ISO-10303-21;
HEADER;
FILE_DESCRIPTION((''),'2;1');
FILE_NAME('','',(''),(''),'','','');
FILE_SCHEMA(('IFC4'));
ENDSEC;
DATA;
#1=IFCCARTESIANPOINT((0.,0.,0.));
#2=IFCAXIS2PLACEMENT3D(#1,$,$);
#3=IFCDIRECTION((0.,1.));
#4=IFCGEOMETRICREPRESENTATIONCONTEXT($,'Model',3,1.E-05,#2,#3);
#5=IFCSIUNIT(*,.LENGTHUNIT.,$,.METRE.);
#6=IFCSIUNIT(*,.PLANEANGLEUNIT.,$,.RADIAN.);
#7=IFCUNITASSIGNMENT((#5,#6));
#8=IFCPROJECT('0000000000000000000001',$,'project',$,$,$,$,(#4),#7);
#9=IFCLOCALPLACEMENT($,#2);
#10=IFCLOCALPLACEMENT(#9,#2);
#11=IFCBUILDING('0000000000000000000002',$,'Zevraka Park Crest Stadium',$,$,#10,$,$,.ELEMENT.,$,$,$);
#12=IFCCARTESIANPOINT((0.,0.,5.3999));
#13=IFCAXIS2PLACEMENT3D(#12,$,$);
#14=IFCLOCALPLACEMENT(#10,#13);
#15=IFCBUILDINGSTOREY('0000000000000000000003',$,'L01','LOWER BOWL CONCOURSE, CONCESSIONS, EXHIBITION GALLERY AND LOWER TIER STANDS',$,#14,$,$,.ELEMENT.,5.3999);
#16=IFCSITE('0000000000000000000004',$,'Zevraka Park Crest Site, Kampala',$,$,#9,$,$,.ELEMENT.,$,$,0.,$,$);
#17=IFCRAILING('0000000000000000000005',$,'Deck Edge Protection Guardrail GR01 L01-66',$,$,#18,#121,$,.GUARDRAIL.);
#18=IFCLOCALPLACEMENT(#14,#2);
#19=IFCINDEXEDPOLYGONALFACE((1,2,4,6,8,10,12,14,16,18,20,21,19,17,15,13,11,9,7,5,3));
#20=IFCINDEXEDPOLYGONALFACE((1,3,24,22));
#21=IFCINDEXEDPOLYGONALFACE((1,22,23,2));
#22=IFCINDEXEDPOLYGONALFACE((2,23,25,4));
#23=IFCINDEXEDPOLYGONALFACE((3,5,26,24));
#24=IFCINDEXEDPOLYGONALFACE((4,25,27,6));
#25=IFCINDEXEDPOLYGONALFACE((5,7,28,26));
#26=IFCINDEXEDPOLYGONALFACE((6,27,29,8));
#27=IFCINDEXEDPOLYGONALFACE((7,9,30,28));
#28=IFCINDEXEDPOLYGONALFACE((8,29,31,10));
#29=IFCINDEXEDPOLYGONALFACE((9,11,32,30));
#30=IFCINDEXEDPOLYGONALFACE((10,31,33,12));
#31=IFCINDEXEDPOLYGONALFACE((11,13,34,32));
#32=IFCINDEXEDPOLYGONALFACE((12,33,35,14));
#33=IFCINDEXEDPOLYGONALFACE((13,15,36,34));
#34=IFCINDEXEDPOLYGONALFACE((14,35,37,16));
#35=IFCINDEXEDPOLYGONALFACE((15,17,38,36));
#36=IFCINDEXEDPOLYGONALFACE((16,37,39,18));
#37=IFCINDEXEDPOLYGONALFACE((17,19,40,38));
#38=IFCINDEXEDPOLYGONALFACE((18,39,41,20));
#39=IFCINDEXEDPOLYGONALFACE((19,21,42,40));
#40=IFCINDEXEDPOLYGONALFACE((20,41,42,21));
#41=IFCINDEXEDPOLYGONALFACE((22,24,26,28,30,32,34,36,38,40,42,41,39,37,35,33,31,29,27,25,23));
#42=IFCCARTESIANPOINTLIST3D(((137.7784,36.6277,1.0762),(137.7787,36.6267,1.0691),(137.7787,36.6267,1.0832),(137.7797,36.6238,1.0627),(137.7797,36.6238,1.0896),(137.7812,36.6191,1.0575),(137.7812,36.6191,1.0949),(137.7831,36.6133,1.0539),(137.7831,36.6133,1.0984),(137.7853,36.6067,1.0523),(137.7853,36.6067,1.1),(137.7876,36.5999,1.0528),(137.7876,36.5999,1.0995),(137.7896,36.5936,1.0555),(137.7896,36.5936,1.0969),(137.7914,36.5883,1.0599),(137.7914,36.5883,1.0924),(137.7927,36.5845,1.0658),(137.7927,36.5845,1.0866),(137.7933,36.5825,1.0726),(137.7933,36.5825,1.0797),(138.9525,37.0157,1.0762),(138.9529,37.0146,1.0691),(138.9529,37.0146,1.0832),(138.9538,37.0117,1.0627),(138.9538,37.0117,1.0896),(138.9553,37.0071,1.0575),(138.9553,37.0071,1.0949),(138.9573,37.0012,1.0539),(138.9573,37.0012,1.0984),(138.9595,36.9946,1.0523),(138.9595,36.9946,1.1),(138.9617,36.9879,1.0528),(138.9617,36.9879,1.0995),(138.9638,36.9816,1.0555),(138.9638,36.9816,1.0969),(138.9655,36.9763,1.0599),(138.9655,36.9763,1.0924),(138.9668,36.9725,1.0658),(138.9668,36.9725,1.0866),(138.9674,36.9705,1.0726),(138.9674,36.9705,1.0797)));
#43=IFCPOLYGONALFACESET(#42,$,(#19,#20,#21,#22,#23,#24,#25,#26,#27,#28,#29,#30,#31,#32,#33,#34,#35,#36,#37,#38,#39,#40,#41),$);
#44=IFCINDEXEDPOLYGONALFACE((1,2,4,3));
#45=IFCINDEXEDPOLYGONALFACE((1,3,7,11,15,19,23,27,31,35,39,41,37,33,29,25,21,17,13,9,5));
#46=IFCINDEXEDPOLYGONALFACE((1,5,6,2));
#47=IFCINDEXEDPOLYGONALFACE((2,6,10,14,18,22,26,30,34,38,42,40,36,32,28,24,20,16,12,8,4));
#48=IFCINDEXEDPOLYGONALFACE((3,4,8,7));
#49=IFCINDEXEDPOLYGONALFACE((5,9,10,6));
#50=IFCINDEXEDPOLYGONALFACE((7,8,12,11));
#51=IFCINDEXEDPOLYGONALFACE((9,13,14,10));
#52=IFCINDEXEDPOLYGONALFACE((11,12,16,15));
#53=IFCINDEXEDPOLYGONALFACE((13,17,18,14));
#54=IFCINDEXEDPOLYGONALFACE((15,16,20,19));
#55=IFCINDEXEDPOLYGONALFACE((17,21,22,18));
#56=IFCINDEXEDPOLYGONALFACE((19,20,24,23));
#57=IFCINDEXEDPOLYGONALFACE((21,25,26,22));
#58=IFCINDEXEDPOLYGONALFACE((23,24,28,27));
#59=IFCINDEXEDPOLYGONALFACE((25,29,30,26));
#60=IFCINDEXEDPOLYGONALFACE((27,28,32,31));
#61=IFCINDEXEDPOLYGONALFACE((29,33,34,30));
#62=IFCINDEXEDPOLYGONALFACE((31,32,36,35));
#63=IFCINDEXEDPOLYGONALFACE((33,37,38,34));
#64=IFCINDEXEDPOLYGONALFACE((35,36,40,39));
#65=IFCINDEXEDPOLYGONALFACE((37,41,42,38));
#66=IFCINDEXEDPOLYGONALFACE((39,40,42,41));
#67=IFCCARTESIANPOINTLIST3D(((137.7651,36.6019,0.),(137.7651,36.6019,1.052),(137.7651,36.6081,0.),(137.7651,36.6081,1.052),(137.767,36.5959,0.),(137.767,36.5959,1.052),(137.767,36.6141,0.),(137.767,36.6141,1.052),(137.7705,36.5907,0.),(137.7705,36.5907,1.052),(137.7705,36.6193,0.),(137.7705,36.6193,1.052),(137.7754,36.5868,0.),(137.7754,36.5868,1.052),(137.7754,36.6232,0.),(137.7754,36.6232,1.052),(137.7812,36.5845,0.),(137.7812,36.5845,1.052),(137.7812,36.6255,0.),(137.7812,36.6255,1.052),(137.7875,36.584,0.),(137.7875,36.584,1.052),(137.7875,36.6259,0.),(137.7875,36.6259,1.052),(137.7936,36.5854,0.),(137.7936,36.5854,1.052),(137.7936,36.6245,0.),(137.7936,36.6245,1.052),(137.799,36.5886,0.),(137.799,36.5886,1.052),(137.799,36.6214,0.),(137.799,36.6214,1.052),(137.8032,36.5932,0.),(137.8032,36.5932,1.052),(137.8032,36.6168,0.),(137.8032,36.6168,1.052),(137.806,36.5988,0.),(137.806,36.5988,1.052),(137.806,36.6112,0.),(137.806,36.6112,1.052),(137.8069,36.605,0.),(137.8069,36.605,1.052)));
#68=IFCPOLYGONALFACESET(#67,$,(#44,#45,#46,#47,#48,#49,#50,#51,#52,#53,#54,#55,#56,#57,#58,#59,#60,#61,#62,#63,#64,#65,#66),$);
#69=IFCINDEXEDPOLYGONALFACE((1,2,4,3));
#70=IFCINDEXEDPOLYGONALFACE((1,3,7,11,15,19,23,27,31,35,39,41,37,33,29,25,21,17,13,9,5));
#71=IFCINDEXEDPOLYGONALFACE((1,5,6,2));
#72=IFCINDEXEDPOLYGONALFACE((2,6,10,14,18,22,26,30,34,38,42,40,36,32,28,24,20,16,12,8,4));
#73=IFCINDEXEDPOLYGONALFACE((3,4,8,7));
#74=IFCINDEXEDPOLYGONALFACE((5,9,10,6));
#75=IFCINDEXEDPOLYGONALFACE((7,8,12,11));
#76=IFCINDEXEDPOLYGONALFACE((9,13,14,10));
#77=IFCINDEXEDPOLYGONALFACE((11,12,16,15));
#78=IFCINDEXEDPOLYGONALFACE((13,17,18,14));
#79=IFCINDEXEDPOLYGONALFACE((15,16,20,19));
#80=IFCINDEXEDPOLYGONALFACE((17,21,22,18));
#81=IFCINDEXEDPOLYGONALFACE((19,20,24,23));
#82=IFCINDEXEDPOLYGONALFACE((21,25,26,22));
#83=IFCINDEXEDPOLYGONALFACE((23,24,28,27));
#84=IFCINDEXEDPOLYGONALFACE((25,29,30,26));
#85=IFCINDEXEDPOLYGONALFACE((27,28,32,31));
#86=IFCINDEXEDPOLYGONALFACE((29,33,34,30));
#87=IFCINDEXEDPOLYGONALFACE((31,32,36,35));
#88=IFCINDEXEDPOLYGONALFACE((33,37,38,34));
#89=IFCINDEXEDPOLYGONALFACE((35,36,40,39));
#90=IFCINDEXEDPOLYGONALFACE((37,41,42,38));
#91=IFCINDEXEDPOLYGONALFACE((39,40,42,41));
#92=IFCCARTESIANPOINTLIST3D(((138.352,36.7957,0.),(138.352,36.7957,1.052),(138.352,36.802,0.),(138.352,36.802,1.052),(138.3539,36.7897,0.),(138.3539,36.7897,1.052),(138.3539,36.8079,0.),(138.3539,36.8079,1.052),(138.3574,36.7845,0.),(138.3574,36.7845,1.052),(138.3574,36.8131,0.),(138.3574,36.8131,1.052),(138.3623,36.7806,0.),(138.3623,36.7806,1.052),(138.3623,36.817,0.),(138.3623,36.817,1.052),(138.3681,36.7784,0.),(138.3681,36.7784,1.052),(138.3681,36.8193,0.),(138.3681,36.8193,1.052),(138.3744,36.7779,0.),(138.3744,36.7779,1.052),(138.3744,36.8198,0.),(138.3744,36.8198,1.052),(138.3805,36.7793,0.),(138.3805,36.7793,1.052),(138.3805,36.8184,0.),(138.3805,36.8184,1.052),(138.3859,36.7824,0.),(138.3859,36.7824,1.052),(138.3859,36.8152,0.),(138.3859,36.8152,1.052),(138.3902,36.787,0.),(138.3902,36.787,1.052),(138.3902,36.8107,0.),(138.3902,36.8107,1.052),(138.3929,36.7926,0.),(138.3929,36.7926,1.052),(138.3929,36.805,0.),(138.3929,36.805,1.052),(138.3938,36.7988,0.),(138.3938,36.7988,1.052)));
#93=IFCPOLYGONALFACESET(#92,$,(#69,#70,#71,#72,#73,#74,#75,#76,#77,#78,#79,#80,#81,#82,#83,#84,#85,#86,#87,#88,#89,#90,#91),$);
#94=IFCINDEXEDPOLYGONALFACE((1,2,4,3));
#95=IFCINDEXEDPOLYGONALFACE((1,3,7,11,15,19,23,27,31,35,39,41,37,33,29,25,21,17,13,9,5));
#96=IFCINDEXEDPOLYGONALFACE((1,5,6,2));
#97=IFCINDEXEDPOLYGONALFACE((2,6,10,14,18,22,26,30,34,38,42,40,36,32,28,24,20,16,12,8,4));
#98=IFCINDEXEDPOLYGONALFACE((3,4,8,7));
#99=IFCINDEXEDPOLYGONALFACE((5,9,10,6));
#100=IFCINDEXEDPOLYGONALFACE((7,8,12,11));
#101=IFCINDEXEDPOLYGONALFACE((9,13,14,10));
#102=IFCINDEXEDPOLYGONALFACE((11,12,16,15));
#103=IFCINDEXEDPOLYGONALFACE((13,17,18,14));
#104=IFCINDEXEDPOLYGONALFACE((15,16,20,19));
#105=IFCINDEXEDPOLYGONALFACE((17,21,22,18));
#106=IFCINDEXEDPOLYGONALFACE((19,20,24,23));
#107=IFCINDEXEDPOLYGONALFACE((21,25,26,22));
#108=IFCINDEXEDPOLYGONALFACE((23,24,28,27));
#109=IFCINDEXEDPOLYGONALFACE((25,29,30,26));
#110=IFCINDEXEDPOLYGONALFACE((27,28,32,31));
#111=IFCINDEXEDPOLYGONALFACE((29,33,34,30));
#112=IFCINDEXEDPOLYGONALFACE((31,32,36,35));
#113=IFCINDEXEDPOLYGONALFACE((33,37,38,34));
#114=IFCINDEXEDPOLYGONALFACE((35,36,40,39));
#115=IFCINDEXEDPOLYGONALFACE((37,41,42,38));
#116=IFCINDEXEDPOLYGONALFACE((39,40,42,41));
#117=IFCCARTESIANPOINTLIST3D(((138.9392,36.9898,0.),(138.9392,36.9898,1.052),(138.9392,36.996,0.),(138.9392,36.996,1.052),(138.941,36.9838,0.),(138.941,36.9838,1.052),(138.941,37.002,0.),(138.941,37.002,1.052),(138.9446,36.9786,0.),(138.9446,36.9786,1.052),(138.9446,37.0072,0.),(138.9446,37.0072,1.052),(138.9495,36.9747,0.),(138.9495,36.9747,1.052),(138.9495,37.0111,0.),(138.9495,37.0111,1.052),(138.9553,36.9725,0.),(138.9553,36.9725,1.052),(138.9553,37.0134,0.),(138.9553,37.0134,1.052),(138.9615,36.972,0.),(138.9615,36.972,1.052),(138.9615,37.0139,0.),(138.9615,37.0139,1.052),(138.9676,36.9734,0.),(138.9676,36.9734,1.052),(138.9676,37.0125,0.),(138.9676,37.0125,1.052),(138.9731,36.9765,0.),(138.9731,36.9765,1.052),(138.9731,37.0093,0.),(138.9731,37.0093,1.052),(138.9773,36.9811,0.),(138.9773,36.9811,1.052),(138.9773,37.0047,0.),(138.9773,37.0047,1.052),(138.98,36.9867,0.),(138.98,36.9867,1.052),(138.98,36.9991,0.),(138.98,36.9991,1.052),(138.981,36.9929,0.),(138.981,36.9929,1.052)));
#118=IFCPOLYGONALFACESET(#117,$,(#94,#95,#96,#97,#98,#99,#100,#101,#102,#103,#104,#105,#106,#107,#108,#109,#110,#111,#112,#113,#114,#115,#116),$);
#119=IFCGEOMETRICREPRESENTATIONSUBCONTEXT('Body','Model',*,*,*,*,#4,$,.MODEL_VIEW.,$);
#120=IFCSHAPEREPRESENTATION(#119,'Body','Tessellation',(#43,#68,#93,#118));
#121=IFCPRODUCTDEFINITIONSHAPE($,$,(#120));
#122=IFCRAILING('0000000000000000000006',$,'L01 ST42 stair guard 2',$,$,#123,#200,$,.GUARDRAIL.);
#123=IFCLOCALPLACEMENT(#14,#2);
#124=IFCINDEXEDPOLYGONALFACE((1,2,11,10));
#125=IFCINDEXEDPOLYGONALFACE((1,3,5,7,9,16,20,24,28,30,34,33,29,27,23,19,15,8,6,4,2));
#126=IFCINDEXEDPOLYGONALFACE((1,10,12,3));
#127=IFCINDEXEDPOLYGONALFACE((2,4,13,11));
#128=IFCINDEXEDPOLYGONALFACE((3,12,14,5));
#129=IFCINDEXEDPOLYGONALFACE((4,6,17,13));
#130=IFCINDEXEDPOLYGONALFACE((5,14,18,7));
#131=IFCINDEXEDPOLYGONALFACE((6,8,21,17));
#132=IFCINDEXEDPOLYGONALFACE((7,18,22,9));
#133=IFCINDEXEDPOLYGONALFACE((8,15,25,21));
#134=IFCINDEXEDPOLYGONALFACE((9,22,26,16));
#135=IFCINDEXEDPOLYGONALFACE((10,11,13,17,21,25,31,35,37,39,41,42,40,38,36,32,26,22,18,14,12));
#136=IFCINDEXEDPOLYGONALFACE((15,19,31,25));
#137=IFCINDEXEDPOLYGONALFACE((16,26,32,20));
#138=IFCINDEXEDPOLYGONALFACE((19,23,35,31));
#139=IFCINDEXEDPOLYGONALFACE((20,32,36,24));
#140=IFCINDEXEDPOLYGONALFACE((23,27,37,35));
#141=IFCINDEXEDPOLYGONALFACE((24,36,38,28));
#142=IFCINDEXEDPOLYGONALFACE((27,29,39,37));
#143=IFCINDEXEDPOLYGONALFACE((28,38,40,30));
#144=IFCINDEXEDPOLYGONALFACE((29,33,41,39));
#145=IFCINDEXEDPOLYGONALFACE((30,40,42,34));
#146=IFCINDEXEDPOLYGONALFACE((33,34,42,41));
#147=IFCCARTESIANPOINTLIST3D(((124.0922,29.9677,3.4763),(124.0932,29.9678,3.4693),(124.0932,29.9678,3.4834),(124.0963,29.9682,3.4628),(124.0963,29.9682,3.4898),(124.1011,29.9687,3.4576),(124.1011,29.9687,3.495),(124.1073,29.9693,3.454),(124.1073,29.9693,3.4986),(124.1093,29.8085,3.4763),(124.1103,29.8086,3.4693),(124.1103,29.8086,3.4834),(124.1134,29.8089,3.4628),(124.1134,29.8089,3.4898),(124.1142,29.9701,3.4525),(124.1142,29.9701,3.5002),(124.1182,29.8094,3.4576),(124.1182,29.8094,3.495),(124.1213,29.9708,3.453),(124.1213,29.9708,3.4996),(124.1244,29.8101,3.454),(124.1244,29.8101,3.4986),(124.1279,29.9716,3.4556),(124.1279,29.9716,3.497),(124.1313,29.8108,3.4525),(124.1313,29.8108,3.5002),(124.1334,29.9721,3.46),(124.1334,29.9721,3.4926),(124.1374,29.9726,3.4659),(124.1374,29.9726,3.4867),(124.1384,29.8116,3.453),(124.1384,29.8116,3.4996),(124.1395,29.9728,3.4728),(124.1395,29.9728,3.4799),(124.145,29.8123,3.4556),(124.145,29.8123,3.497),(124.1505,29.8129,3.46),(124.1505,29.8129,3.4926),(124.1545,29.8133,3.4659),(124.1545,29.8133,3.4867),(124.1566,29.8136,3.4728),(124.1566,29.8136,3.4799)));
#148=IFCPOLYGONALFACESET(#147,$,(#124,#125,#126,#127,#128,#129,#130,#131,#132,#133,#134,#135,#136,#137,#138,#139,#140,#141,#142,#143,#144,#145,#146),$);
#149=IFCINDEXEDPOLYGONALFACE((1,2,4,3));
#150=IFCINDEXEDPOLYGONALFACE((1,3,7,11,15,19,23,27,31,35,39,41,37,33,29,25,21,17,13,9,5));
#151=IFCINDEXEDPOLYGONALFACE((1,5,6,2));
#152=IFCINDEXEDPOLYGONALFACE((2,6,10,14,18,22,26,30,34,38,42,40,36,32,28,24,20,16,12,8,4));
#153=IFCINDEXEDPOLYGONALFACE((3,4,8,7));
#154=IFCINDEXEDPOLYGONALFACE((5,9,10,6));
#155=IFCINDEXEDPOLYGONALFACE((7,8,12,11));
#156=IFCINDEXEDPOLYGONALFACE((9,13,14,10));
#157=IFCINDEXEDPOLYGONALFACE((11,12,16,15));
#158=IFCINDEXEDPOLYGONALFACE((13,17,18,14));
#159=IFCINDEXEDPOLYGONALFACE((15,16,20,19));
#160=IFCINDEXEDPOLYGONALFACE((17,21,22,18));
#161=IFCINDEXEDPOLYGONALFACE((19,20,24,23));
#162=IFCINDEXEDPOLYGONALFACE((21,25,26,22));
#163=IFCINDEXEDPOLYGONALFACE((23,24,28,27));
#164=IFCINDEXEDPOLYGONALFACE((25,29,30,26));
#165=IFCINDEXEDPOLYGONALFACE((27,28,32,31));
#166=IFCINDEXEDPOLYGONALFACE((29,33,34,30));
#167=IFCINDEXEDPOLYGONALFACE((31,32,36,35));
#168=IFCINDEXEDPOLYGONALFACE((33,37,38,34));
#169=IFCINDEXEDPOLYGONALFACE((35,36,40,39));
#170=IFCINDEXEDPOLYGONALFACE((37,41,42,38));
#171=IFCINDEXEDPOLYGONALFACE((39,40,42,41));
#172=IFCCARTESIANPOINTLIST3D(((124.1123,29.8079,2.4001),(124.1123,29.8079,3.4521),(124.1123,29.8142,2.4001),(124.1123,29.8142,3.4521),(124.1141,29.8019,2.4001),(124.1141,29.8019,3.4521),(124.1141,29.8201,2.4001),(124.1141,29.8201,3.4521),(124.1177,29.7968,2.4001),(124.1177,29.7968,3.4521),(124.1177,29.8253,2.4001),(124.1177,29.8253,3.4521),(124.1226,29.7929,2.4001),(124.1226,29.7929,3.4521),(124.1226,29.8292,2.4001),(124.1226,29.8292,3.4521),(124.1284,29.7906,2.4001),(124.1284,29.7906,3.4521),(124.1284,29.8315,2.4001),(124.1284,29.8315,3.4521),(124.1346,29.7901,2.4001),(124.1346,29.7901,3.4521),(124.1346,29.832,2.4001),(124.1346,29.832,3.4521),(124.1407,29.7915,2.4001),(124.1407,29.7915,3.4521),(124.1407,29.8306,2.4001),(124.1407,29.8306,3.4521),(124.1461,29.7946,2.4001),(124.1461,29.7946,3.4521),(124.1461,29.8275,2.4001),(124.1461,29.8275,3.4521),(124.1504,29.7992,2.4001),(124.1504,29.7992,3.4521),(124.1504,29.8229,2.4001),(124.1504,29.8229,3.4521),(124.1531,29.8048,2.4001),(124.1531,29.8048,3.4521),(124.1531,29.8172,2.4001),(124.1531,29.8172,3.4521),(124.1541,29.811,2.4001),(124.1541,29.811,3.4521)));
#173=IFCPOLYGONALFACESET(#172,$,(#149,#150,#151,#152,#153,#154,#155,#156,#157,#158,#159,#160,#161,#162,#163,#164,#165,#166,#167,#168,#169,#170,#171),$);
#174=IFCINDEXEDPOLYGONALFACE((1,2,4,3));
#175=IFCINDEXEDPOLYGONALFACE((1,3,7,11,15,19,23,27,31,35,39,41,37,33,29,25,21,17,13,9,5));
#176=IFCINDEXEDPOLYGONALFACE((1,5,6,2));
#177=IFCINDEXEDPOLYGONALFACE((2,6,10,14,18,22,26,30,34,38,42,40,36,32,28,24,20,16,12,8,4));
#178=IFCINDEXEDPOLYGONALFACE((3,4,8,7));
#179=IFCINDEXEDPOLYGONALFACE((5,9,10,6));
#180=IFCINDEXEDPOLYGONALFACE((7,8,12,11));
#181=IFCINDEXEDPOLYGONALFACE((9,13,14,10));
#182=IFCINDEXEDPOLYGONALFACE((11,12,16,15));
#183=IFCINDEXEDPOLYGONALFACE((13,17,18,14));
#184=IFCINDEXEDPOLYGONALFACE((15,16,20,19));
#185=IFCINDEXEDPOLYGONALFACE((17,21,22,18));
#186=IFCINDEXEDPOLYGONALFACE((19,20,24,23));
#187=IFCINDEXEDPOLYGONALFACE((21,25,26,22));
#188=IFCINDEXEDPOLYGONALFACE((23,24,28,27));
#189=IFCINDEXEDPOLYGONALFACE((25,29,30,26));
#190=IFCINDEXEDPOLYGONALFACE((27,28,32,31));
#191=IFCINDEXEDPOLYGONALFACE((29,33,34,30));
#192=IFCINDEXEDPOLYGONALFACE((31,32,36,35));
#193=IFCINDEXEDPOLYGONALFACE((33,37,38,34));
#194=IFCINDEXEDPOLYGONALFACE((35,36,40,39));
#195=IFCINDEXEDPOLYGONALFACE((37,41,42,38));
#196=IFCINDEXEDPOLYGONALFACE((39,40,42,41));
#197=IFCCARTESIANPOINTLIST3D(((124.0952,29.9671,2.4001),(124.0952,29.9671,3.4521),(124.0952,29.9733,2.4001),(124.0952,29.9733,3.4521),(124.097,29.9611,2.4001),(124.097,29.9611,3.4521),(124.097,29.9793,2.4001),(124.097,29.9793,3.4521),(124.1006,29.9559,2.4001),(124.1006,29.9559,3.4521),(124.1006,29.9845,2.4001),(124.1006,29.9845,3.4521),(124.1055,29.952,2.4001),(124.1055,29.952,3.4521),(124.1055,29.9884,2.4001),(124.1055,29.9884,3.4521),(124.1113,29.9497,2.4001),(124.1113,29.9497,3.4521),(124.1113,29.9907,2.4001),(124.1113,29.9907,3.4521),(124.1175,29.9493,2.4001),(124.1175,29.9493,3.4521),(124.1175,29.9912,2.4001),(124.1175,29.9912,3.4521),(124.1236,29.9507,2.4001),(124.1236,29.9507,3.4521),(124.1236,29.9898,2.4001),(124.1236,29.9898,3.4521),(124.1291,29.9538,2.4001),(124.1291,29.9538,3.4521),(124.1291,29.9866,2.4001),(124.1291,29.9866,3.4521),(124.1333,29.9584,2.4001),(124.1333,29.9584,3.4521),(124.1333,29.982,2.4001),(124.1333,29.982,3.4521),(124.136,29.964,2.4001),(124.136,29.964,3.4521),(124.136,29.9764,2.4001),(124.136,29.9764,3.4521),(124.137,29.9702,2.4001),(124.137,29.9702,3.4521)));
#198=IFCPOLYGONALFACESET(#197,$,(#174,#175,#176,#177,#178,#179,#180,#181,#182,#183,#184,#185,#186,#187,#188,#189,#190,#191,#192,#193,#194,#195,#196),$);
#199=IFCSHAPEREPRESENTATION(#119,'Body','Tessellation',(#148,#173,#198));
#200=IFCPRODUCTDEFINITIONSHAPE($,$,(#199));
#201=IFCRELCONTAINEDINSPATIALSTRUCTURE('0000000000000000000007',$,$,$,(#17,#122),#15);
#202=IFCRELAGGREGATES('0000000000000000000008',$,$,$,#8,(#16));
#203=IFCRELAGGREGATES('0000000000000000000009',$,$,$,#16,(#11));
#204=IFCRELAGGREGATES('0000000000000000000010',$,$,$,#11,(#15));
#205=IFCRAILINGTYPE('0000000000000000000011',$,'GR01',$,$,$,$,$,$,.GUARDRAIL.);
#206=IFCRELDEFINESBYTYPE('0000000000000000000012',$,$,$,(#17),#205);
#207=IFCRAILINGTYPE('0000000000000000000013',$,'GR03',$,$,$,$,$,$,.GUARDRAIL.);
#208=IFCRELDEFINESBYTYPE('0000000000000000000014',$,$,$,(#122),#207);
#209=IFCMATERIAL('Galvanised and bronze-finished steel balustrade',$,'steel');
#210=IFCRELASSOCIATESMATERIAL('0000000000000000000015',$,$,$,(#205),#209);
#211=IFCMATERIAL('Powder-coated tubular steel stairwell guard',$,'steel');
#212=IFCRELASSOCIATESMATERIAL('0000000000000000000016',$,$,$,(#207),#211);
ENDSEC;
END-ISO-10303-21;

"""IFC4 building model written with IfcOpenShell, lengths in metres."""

from ifc_helpers import new_model, si_unit, direction, frame, origin, origin_2d, place, context, subcontext, project, spatial, circle, extrude, material, type_object, element, save


model = new_model("IFC4")

# Units and contexts
model_context = context("Model", 3, precision=1e-05, world=origin(), true_north=direction((0.0, 1.0)))
body_context = subcontext(model_context, "Body", "Model", "MODEL_VIEW")
ifc_project = project(units=[si_unit("LENGTHUNIT", "METRE"), si_unit("PLANEANGLEUNIT", "RADIAN")], contexts=[model_context])

# Site, building, storey
site_placement = place(None, origin())
site = spatial("IfcSite", under=ifc_project, at=site_placement, Name="Zevraka Park Crest Site, Kampala", CompositionType="ELEMENT", RefElevation=0.0)
building_placement = place(site_placement, origin())
building = spatial("IfcBuilding", under=site, at=building_placement, Name="Zevraka Park Crest Stadium", CompositionType="ELEMENT")
storey_placement = place(building_placement, frame((0.0, 0.0, 5.3999)))
storey = spatial("IfcBuildingStorey", under=building, at=storey_placement, Name="L01", Description="LOWER BOWL CONCOURSE, CONCESSIONS, EXHIBITION GALLERY AND LOWER TIER STANDS", CompositionType="ELEMENT", Elevation=5.3999)

# Railings
ifc_material_1 = material(Name="Galvanised and bronze-finished steel balustrade", Category="steel")
railing_type_1 = type_object("IfcRailingType", Name="GR01", PredefinedType="GUARDRAIL", material=ifc_material_1)
railing_1_placement = place(storey_placement, frame((137.7859, 36.605, 0.0)))
element("IfcRailing", 1, at=railing_1_placement, inside=storey, type_object=railing_type_1, Name="Deck Edge Protection Guardrail GR01 L01-66", PredefinedType="GUARDRAIL", context=body_context, shape_type="SweptSolid", body=[
    extrude(circle(Radius=0.0239, at=origin_2d()), frame((0.0, 0.0, 1.0762), z_axis=(0.949509, 0.313739, 0.0), x_axis=(-0.313739, 0.949509, 0.0)), (0.0, 0.0, 1.0), 1.2366),
    extrude(circle(Radius=0.021, at=origin_2d()), origin(), (0.0, 0.0, 1.0), 1.052),
    extrude(circle(Radius=0.021, at=origin_2d()), frame((0.5869, 0.1938, 0.0)), (0.0, 0.0, 1.0), 1.052),
    extrude(circle(Radius=0.021, at=origin_2d()), frame((1.1741, 0.3879, 0.0)), (0.0, 0.0, 1.0), 1.052),
])
ifc_material_2 = material(Name="Powder-coated tubular steel stairwell guard", Category="steel")
railing_type_2 = type_object("IfcRailingType", Name="GR03", PredefinedType="GUARDRAIL", material=ifc_material_2)
railing_2_placement = place(storey_placement, frame((124.1331, 29.811, 2.4001)))
element("IfcRailing", 2, at=railing_2_placement, inside=storey, type_object=railing_type_2, Name="L01 ST42 stair guard 2", PredefinedType="GUARDRAIL", context=body_context, shape_type="SweptSolid", body=[
    extrude(circle(Radius=0.0239, at=origin_2d()), frame((0.0, 0.0, 1.0762), z_axis=(-0.106749, 0.994286, 0.0), x_axis=(-0.994286, -0.106749, 0.0)), (0.0, 0.0, 1.0), 0.1602),
    extrude(circle(Radius=0.021, at=origin_2d()), origin(), (0.0, 0.0, 1.0), 1.052),
    extrude(circle(Radius=0.021, at=origin_2d()), frame((-0.0171, 0.1592, 0.0)), (0.0, 0.0, 1.0), 1.052),
])

save(model, "model.ifc")
